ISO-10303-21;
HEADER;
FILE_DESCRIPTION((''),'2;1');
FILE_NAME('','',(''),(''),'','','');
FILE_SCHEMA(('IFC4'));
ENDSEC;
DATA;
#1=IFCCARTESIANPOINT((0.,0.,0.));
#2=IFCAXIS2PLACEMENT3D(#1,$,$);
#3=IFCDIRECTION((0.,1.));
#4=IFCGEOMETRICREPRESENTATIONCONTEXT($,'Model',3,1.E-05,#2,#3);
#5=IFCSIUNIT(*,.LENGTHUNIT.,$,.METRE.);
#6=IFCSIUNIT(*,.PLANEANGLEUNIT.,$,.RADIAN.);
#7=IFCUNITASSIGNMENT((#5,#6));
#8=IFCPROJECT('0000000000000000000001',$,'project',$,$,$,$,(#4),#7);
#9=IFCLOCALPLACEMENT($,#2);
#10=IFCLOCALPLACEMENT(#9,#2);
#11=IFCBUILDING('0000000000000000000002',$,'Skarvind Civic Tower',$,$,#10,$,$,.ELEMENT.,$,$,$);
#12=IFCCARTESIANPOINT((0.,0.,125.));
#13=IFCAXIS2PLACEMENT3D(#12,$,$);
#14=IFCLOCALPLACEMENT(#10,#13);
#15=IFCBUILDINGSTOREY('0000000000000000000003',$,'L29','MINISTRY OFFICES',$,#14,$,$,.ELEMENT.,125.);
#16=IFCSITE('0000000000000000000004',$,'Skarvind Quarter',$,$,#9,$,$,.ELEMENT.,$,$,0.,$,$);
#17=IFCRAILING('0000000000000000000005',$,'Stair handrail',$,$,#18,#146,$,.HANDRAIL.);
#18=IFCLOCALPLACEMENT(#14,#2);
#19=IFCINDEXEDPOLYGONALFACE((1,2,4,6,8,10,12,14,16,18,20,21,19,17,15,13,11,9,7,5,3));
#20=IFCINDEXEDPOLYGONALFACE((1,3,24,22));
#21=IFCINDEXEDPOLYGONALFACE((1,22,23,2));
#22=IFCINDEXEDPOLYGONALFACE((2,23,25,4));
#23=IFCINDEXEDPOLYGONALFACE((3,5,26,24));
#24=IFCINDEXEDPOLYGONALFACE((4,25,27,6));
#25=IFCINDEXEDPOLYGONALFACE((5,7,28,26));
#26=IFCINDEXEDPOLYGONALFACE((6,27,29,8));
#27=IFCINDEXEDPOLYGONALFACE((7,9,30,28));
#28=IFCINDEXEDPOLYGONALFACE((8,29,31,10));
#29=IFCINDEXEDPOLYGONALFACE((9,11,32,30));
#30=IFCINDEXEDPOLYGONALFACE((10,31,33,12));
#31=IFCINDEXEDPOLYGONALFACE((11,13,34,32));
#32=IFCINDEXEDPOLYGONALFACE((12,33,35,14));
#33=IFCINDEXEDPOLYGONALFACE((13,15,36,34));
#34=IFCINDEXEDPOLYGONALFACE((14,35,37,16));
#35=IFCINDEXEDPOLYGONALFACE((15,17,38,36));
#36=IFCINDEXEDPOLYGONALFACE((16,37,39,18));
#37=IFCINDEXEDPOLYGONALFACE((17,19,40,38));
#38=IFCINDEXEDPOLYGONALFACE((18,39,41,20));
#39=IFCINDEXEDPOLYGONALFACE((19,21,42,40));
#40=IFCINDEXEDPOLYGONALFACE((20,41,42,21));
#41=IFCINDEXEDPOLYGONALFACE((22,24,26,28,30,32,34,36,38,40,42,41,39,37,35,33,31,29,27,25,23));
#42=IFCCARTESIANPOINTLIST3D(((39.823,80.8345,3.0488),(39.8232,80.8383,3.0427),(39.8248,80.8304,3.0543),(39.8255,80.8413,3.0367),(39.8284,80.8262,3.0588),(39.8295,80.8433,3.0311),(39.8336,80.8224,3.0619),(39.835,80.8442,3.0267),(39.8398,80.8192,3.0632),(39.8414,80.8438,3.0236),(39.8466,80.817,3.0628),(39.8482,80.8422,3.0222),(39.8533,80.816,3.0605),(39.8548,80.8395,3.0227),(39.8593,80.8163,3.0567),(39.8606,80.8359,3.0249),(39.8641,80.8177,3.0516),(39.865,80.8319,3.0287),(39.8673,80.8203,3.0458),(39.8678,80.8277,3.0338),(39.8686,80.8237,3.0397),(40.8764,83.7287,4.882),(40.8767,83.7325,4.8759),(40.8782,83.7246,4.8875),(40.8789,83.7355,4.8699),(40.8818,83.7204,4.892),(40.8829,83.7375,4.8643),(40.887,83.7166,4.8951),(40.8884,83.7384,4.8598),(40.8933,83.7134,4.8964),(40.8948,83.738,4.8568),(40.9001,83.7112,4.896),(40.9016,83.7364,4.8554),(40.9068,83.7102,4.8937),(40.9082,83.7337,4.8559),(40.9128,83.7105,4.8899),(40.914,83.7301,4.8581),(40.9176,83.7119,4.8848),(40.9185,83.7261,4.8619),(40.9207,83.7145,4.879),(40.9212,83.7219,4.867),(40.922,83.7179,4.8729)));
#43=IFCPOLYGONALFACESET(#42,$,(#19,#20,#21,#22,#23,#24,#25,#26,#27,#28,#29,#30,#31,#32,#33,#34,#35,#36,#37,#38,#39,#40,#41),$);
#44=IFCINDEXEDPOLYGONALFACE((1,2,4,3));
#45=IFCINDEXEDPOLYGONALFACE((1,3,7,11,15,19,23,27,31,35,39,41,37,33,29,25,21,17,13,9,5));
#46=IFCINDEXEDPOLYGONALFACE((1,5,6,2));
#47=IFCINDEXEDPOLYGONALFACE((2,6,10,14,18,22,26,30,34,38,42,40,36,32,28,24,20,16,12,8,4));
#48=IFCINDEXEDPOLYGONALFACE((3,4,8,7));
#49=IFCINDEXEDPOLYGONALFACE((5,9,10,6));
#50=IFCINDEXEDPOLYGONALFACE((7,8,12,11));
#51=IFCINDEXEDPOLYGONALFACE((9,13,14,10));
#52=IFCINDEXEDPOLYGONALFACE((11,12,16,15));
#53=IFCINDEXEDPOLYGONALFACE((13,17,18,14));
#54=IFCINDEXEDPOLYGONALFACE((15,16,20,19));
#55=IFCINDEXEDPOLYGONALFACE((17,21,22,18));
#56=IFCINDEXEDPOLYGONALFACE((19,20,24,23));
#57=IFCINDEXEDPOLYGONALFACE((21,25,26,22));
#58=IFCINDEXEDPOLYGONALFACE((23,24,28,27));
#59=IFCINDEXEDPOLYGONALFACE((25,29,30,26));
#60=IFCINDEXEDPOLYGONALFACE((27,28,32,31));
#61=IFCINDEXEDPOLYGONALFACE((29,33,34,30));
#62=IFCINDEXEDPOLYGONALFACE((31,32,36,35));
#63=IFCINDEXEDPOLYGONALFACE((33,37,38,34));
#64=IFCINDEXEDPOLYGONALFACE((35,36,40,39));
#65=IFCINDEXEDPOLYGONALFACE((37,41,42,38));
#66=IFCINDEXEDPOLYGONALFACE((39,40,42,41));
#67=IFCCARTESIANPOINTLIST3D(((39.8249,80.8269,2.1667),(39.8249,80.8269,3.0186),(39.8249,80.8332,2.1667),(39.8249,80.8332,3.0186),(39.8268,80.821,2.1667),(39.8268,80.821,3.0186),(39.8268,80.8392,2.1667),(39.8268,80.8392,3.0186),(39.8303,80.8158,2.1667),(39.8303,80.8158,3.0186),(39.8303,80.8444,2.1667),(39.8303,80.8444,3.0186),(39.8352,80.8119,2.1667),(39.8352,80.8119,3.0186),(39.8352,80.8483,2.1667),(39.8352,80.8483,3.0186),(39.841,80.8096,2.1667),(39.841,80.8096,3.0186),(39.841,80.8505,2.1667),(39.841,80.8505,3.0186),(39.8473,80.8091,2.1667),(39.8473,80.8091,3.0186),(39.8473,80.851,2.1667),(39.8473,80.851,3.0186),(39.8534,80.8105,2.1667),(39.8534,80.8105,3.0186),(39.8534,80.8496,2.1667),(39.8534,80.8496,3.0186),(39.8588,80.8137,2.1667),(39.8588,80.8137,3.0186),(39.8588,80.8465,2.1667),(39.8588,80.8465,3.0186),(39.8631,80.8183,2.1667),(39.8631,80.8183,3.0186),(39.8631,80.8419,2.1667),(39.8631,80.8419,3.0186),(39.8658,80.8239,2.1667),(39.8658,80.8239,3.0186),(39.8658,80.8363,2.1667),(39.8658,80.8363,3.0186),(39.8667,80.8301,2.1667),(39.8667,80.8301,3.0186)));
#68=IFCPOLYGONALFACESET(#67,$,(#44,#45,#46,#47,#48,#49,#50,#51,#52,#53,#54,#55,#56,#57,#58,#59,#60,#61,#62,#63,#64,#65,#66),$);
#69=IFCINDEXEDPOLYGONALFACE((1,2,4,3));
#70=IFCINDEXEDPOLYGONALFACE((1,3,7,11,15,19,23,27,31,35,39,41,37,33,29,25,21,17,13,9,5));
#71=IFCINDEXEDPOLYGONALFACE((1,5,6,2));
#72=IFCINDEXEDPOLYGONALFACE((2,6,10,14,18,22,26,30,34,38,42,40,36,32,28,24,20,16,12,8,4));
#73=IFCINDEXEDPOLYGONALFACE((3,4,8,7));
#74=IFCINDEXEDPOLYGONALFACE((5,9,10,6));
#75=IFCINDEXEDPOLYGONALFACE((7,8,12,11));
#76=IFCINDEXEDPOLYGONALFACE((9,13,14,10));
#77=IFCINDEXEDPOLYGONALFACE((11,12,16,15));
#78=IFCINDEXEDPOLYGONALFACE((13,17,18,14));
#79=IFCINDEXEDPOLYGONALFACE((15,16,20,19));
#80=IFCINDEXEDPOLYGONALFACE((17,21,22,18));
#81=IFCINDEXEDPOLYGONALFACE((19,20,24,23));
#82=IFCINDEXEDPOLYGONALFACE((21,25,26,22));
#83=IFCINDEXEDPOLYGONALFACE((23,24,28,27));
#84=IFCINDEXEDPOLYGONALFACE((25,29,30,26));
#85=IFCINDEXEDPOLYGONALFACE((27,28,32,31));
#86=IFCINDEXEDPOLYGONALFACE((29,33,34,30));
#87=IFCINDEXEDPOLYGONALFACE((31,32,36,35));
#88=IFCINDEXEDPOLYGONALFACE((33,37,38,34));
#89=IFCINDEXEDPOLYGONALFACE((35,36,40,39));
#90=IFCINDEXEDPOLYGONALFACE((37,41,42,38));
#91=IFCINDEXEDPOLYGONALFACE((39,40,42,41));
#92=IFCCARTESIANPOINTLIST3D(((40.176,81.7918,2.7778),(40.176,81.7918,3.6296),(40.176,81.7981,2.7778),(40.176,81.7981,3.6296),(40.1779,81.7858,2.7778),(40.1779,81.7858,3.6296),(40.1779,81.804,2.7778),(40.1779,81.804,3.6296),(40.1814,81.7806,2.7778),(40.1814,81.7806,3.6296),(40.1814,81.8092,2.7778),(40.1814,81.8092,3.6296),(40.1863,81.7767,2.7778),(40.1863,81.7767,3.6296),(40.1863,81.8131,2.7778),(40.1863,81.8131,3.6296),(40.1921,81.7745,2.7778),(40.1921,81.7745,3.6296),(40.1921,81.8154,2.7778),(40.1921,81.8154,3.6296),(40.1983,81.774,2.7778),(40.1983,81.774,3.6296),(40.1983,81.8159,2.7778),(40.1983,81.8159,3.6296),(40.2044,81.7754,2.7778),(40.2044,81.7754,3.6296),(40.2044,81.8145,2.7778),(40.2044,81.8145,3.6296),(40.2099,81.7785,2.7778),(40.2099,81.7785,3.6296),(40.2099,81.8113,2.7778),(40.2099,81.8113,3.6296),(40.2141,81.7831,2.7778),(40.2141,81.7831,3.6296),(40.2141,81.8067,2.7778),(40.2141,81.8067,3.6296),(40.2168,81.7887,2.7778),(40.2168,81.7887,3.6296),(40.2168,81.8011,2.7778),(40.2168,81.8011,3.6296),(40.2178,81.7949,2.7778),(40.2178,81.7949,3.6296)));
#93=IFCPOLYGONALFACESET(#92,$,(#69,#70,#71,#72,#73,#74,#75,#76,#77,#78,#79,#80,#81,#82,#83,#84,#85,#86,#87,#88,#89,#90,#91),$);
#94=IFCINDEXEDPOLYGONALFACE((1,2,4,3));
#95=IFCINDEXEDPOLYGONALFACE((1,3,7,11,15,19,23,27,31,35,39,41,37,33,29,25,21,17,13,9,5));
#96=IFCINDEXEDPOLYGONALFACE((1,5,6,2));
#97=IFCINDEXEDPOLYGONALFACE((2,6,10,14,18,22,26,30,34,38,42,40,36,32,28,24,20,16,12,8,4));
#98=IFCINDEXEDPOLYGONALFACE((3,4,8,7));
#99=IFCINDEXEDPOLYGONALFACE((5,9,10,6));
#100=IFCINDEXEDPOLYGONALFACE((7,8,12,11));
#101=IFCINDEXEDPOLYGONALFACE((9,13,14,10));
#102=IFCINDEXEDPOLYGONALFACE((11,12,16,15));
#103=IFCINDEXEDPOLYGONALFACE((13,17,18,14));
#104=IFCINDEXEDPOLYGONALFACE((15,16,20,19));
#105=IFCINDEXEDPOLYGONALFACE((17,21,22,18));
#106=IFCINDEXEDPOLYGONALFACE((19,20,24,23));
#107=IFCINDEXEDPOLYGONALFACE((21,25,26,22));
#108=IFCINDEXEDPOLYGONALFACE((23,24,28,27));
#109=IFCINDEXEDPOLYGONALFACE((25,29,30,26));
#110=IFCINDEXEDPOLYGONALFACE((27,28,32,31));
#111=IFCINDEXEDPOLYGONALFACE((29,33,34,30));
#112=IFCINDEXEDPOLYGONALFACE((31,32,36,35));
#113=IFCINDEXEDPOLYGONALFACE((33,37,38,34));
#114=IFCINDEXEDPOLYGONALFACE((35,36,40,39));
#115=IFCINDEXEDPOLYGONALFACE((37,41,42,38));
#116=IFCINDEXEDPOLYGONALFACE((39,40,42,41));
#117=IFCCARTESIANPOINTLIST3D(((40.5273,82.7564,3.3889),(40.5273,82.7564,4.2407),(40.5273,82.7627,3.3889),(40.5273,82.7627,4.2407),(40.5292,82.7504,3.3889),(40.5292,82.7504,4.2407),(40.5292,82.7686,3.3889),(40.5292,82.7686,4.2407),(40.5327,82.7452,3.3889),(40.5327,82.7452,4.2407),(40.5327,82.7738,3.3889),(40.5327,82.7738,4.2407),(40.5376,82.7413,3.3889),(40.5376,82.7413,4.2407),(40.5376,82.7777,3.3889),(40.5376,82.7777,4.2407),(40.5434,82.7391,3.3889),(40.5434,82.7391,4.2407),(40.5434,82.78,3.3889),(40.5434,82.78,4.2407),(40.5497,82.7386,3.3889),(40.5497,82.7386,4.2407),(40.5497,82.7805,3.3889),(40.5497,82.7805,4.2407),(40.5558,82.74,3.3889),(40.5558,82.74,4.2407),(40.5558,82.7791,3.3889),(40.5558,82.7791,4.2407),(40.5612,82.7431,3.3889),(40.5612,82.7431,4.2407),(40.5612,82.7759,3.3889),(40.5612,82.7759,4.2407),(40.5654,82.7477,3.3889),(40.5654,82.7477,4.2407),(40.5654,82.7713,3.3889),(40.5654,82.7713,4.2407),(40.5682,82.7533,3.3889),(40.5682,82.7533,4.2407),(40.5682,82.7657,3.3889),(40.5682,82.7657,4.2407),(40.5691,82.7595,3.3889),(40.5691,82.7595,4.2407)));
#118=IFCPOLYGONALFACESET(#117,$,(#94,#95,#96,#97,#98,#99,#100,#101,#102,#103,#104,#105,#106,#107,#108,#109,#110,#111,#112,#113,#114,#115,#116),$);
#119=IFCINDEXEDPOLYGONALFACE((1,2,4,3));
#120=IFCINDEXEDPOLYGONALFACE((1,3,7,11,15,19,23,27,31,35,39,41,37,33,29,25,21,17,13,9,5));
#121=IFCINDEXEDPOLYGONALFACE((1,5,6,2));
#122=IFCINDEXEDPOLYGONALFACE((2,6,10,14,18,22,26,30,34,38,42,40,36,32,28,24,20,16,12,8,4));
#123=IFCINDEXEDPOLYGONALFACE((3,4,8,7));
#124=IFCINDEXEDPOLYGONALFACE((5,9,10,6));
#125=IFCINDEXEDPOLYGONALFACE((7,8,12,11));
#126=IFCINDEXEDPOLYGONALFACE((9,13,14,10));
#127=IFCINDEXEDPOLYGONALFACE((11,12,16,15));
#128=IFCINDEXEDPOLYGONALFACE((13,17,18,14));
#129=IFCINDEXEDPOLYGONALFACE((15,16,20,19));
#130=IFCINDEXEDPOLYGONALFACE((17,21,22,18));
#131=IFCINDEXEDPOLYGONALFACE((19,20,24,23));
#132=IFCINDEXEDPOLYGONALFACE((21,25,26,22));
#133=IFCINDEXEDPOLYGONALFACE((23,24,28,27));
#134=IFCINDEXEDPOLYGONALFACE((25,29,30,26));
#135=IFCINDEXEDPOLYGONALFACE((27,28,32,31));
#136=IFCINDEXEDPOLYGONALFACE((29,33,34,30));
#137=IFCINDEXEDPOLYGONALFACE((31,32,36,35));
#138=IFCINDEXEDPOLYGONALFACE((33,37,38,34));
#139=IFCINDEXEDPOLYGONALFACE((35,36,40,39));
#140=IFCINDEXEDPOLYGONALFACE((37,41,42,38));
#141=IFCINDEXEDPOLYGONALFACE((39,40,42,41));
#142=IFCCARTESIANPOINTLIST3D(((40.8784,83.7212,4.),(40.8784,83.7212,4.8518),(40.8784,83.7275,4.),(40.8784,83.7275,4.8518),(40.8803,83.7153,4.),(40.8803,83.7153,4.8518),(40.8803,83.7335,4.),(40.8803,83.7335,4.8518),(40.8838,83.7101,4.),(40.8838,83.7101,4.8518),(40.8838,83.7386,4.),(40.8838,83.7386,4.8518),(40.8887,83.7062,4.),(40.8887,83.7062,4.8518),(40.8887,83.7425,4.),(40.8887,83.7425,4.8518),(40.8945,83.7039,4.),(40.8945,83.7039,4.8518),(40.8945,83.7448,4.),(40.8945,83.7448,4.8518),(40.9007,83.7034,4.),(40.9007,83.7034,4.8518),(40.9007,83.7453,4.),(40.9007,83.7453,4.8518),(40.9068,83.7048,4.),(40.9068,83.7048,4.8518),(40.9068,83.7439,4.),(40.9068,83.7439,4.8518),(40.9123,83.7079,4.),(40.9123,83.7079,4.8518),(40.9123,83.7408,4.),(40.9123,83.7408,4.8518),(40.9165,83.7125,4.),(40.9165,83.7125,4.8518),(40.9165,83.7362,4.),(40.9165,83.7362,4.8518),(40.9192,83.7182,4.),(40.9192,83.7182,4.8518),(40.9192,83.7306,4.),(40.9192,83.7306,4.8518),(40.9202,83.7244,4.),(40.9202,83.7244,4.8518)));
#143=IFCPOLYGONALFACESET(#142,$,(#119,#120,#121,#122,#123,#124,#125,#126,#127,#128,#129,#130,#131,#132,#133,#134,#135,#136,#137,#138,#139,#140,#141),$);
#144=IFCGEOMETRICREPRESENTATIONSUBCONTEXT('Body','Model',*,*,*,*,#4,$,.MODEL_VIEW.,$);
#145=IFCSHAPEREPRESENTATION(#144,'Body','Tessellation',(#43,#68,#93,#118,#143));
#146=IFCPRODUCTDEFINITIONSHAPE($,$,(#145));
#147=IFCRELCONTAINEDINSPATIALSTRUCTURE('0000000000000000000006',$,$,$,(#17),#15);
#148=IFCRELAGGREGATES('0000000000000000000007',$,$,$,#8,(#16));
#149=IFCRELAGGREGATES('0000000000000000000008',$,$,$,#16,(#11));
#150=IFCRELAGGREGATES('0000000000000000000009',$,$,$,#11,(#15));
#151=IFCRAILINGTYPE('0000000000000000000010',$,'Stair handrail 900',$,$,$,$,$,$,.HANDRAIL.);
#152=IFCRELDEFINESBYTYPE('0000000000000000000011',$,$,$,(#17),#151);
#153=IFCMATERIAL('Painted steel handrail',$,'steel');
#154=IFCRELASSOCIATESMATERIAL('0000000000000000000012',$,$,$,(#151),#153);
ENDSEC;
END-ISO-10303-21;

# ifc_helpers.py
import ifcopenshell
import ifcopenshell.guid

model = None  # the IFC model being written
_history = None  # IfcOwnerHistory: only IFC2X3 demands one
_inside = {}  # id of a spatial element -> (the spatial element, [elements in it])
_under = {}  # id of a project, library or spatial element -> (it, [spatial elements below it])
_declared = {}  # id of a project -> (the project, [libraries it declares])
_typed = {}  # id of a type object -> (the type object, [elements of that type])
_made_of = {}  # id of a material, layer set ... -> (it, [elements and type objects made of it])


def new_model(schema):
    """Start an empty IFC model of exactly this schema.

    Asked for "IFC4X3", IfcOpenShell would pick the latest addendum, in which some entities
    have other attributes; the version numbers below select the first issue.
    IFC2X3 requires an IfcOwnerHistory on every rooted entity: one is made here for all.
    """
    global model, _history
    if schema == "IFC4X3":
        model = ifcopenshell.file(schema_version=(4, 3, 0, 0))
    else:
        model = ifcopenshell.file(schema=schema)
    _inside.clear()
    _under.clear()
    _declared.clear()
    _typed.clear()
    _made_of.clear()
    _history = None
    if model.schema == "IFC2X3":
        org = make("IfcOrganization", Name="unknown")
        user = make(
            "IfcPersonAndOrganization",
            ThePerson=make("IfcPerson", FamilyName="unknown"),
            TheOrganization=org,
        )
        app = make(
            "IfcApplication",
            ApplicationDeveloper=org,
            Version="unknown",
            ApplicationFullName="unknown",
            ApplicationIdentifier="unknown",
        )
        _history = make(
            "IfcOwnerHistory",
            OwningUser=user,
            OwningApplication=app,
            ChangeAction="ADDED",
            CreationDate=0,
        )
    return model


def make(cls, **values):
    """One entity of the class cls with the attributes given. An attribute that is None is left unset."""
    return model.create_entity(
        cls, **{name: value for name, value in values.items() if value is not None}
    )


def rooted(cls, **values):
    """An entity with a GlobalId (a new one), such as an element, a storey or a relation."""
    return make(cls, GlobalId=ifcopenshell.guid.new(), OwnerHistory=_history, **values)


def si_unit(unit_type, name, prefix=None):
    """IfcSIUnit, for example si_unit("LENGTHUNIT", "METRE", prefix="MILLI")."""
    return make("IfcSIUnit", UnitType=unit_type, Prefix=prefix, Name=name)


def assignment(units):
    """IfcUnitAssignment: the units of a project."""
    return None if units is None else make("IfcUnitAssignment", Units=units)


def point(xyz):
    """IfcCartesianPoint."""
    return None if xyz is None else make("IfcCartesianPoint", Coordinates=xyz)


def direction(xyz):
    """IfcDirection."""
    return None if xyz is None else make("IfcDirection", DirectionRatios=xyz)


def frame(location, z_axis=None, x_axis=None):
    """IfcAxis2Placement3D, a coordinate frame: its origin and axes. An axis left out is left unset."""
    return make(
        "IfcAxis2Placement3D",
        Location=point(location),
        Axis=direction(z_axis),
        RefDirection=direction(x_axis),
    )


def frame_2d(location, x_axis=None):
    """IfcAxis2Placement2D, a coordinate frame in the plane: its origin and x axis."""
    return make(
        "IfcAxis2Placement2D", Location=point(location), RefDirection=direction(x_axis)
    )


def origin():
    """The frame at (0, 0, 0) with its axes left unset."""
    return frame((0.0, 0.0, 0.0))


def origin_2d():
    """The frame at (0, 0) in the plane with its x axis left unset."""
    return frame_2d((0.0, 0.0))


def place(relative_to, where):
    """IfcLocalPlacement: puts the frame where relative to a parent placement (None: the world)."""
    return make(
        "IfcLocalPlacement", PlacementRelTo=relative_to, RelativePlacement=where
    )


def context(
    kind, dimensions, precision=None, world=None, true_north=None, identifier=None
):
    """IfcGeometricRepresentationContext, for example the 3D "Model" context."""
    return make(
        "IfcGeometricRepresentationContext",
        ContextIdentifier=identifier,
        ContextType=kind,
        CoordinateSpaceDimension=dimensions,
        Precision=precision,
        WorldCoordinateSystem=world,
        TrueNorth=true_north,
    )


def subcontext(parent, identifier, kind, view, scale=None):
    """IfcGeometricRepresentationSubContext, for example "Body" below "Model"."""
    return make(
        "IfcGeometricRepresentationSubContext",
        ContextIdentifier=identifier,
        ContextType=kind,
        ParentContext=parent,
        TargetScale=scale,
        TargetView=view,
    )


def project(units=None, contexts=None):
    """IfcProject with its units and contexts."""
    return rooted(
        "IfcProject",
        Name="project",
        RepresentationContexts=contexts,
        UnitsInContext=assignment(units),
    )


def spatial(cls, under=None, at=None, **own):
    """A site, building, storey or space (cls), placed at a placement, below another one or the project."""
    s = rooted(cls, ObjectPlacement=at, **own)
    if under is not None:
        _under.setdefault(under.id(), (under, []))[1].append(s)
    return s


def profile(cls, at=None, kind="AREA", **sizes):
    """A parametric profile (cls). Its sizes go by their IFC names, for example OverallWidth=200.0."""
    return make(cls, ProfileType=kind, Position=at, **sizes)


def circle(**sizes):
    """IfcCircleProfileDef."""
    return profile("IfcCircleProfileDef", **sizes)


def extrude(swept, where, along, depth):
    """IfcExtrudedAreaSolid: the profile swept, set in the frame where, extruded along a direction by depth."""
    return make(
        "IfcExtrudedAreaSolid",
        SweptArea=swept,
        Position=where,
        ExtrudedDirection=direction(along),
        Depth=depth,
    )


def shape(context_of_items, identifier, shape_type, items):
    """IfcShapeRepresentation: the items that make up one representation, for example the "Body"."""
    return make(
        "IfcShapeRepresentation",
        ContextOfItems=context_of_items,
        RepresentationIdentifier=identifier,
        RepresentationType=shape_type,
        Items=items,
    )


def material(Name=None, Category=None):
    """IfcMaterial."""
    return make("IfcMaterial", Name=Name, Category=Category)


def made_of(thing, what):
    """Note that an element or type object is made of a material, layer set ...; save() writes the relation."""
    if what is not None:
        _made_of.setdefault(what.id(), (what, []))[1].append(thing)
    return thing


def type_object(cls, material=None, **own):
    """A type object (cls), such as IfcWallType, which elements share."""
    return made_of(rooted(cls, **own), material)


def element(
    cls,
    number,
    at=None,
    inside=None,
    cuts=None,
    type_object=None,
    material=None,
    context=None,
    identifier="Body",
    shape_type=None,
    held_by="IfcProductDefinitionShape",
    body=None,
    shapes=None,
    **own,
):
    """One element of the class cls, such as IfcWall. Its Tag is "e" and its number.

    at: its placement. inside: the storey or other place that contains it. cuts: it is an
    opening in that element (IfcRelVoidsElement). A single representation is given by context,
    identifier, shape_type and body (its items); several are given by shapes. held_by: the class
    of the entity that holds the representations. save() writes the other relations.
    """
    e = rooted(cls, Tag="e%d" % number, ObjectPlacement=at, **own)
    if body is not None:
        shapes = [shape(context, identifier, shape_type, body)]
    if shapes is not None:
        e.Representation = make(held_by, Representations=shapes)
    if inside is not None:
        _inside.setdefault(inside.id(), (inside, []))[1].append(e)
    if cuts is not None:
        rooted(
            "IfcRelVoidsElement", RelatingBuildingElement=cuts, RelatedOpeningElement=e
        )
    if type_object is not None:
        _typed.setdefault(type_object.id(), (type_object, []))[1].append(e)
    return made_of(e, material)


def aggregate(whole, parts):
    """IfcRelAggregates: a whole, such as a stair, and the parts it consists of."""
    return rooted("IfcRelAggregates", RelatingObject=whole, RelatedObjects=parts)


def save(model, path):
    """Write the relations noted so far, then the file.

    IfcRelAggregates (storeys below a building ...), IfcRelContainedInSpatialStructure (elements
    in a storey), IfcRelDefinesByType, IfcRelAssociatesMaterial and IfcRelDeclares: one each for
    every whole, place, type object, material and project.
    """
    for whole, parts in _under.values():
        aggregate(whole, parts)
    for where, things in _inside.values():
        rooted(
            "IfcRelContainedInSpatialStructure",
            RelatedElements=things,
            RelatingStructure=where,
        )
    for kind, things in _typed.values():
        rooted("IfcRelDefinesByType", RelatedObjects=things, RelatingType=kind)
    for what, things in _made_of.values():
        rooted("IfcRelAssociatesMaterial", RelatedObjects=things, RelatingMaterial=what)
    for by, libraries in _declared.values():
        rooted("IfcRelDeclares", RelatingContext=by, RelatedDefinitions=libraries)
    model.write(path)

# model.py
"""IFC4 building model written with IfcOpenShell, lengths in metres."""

from ifc_helpers import new_model, si_unit, direction, frame, origin, origin_2d, place, context, subcontext, project, spatial, circle, extrude, material, type_object, element, save


model = new_model("IFC4")

# Units and contexts
model_context = context("Model", 3, precision=1e-05, world=origin(), true_north=direction((0.0, 1.0)))
body_context = subcontext(model_context, "Body", "Model", "MODEL_VIEW")
ifc_project = project(units=[si_unit("LENGTHUNIT", "METRE"), si_unit("PLANEANGLEUNIT", "RADIAN")], contexts=[model_context])

# Site, building, storey
site_placement = place(None, origin())
site = spatial("IfcSite", under=ifc_project, at=site_placement, Name="Skarvind Quarter", CompositionType="ELEMENT", RefElevation=0.0)
building_placement = place(site_placement, origin())
building = spatial("IfcBuilding", under=site, at=building_placement, Name="Skarvind Civic Tower", CompositionType="ELEMENT")
storey_placement = place(building_placement, frame((0.0, 0.0, 125.0)))
storey = spatial("IfcBuildingStorey", under=building, at=storey_placement, Name="L29", Description="MINISTRY OFFICES", CompositionType="ELEMENT", Elevation=125.0)

# Railing
ifc_material_1 = material(Name="Painted steel handrail", Category="steel")
railing_type = type_object("IfcRailingType", Name="Stair handrail 900", PredefinedType="HANDRAIL", material=ifc_material_1)
railing_placement = place(storey_placement, frame((39.8457, 80.8301, 2.1667)))
element("IfcRailing", 1, at=railing_placement, inside=storey, type_object=railing_type, Name="Stair handrail", PredefinedType="HANDRAIL", context=body_context, shape_type="SweptSolid", body=[
    extrude(circle(Radius=0.0239, at=origin_2d()), frame((0.0, 0.0, 0.876), z_axis=(0.293908, 0.807481, 0.511461), x_axis=(-0.939689, 0.342029, 0.0)), (0.0, 0.0, 1.0), 3.5842),
    extrude(circle(Radius=0.021, at=origin_2d()), origin(), (0.0, 0.0, 1.0), 0.8518),
    extrude(circle(Radius=0.021, at=origin_2d()), frame((0.3511, 0.9648, 0.6111)), (0.0, 0.0, 1.0), 0.8518),
    extrude(circle(Radius=0.021, at=origin_2d()), frame((0.7024, 1.9294, 1.2222)), (0.0, 0.0, 1.0), 0.8518),
    extrude(circle(Radius=0.021, at=origin_2d()), frame((1.0535, 2.8943, 1.8333)), (0.0, 0.0, 1.0), 0.8518),
])

save(model, "model.ifc")
